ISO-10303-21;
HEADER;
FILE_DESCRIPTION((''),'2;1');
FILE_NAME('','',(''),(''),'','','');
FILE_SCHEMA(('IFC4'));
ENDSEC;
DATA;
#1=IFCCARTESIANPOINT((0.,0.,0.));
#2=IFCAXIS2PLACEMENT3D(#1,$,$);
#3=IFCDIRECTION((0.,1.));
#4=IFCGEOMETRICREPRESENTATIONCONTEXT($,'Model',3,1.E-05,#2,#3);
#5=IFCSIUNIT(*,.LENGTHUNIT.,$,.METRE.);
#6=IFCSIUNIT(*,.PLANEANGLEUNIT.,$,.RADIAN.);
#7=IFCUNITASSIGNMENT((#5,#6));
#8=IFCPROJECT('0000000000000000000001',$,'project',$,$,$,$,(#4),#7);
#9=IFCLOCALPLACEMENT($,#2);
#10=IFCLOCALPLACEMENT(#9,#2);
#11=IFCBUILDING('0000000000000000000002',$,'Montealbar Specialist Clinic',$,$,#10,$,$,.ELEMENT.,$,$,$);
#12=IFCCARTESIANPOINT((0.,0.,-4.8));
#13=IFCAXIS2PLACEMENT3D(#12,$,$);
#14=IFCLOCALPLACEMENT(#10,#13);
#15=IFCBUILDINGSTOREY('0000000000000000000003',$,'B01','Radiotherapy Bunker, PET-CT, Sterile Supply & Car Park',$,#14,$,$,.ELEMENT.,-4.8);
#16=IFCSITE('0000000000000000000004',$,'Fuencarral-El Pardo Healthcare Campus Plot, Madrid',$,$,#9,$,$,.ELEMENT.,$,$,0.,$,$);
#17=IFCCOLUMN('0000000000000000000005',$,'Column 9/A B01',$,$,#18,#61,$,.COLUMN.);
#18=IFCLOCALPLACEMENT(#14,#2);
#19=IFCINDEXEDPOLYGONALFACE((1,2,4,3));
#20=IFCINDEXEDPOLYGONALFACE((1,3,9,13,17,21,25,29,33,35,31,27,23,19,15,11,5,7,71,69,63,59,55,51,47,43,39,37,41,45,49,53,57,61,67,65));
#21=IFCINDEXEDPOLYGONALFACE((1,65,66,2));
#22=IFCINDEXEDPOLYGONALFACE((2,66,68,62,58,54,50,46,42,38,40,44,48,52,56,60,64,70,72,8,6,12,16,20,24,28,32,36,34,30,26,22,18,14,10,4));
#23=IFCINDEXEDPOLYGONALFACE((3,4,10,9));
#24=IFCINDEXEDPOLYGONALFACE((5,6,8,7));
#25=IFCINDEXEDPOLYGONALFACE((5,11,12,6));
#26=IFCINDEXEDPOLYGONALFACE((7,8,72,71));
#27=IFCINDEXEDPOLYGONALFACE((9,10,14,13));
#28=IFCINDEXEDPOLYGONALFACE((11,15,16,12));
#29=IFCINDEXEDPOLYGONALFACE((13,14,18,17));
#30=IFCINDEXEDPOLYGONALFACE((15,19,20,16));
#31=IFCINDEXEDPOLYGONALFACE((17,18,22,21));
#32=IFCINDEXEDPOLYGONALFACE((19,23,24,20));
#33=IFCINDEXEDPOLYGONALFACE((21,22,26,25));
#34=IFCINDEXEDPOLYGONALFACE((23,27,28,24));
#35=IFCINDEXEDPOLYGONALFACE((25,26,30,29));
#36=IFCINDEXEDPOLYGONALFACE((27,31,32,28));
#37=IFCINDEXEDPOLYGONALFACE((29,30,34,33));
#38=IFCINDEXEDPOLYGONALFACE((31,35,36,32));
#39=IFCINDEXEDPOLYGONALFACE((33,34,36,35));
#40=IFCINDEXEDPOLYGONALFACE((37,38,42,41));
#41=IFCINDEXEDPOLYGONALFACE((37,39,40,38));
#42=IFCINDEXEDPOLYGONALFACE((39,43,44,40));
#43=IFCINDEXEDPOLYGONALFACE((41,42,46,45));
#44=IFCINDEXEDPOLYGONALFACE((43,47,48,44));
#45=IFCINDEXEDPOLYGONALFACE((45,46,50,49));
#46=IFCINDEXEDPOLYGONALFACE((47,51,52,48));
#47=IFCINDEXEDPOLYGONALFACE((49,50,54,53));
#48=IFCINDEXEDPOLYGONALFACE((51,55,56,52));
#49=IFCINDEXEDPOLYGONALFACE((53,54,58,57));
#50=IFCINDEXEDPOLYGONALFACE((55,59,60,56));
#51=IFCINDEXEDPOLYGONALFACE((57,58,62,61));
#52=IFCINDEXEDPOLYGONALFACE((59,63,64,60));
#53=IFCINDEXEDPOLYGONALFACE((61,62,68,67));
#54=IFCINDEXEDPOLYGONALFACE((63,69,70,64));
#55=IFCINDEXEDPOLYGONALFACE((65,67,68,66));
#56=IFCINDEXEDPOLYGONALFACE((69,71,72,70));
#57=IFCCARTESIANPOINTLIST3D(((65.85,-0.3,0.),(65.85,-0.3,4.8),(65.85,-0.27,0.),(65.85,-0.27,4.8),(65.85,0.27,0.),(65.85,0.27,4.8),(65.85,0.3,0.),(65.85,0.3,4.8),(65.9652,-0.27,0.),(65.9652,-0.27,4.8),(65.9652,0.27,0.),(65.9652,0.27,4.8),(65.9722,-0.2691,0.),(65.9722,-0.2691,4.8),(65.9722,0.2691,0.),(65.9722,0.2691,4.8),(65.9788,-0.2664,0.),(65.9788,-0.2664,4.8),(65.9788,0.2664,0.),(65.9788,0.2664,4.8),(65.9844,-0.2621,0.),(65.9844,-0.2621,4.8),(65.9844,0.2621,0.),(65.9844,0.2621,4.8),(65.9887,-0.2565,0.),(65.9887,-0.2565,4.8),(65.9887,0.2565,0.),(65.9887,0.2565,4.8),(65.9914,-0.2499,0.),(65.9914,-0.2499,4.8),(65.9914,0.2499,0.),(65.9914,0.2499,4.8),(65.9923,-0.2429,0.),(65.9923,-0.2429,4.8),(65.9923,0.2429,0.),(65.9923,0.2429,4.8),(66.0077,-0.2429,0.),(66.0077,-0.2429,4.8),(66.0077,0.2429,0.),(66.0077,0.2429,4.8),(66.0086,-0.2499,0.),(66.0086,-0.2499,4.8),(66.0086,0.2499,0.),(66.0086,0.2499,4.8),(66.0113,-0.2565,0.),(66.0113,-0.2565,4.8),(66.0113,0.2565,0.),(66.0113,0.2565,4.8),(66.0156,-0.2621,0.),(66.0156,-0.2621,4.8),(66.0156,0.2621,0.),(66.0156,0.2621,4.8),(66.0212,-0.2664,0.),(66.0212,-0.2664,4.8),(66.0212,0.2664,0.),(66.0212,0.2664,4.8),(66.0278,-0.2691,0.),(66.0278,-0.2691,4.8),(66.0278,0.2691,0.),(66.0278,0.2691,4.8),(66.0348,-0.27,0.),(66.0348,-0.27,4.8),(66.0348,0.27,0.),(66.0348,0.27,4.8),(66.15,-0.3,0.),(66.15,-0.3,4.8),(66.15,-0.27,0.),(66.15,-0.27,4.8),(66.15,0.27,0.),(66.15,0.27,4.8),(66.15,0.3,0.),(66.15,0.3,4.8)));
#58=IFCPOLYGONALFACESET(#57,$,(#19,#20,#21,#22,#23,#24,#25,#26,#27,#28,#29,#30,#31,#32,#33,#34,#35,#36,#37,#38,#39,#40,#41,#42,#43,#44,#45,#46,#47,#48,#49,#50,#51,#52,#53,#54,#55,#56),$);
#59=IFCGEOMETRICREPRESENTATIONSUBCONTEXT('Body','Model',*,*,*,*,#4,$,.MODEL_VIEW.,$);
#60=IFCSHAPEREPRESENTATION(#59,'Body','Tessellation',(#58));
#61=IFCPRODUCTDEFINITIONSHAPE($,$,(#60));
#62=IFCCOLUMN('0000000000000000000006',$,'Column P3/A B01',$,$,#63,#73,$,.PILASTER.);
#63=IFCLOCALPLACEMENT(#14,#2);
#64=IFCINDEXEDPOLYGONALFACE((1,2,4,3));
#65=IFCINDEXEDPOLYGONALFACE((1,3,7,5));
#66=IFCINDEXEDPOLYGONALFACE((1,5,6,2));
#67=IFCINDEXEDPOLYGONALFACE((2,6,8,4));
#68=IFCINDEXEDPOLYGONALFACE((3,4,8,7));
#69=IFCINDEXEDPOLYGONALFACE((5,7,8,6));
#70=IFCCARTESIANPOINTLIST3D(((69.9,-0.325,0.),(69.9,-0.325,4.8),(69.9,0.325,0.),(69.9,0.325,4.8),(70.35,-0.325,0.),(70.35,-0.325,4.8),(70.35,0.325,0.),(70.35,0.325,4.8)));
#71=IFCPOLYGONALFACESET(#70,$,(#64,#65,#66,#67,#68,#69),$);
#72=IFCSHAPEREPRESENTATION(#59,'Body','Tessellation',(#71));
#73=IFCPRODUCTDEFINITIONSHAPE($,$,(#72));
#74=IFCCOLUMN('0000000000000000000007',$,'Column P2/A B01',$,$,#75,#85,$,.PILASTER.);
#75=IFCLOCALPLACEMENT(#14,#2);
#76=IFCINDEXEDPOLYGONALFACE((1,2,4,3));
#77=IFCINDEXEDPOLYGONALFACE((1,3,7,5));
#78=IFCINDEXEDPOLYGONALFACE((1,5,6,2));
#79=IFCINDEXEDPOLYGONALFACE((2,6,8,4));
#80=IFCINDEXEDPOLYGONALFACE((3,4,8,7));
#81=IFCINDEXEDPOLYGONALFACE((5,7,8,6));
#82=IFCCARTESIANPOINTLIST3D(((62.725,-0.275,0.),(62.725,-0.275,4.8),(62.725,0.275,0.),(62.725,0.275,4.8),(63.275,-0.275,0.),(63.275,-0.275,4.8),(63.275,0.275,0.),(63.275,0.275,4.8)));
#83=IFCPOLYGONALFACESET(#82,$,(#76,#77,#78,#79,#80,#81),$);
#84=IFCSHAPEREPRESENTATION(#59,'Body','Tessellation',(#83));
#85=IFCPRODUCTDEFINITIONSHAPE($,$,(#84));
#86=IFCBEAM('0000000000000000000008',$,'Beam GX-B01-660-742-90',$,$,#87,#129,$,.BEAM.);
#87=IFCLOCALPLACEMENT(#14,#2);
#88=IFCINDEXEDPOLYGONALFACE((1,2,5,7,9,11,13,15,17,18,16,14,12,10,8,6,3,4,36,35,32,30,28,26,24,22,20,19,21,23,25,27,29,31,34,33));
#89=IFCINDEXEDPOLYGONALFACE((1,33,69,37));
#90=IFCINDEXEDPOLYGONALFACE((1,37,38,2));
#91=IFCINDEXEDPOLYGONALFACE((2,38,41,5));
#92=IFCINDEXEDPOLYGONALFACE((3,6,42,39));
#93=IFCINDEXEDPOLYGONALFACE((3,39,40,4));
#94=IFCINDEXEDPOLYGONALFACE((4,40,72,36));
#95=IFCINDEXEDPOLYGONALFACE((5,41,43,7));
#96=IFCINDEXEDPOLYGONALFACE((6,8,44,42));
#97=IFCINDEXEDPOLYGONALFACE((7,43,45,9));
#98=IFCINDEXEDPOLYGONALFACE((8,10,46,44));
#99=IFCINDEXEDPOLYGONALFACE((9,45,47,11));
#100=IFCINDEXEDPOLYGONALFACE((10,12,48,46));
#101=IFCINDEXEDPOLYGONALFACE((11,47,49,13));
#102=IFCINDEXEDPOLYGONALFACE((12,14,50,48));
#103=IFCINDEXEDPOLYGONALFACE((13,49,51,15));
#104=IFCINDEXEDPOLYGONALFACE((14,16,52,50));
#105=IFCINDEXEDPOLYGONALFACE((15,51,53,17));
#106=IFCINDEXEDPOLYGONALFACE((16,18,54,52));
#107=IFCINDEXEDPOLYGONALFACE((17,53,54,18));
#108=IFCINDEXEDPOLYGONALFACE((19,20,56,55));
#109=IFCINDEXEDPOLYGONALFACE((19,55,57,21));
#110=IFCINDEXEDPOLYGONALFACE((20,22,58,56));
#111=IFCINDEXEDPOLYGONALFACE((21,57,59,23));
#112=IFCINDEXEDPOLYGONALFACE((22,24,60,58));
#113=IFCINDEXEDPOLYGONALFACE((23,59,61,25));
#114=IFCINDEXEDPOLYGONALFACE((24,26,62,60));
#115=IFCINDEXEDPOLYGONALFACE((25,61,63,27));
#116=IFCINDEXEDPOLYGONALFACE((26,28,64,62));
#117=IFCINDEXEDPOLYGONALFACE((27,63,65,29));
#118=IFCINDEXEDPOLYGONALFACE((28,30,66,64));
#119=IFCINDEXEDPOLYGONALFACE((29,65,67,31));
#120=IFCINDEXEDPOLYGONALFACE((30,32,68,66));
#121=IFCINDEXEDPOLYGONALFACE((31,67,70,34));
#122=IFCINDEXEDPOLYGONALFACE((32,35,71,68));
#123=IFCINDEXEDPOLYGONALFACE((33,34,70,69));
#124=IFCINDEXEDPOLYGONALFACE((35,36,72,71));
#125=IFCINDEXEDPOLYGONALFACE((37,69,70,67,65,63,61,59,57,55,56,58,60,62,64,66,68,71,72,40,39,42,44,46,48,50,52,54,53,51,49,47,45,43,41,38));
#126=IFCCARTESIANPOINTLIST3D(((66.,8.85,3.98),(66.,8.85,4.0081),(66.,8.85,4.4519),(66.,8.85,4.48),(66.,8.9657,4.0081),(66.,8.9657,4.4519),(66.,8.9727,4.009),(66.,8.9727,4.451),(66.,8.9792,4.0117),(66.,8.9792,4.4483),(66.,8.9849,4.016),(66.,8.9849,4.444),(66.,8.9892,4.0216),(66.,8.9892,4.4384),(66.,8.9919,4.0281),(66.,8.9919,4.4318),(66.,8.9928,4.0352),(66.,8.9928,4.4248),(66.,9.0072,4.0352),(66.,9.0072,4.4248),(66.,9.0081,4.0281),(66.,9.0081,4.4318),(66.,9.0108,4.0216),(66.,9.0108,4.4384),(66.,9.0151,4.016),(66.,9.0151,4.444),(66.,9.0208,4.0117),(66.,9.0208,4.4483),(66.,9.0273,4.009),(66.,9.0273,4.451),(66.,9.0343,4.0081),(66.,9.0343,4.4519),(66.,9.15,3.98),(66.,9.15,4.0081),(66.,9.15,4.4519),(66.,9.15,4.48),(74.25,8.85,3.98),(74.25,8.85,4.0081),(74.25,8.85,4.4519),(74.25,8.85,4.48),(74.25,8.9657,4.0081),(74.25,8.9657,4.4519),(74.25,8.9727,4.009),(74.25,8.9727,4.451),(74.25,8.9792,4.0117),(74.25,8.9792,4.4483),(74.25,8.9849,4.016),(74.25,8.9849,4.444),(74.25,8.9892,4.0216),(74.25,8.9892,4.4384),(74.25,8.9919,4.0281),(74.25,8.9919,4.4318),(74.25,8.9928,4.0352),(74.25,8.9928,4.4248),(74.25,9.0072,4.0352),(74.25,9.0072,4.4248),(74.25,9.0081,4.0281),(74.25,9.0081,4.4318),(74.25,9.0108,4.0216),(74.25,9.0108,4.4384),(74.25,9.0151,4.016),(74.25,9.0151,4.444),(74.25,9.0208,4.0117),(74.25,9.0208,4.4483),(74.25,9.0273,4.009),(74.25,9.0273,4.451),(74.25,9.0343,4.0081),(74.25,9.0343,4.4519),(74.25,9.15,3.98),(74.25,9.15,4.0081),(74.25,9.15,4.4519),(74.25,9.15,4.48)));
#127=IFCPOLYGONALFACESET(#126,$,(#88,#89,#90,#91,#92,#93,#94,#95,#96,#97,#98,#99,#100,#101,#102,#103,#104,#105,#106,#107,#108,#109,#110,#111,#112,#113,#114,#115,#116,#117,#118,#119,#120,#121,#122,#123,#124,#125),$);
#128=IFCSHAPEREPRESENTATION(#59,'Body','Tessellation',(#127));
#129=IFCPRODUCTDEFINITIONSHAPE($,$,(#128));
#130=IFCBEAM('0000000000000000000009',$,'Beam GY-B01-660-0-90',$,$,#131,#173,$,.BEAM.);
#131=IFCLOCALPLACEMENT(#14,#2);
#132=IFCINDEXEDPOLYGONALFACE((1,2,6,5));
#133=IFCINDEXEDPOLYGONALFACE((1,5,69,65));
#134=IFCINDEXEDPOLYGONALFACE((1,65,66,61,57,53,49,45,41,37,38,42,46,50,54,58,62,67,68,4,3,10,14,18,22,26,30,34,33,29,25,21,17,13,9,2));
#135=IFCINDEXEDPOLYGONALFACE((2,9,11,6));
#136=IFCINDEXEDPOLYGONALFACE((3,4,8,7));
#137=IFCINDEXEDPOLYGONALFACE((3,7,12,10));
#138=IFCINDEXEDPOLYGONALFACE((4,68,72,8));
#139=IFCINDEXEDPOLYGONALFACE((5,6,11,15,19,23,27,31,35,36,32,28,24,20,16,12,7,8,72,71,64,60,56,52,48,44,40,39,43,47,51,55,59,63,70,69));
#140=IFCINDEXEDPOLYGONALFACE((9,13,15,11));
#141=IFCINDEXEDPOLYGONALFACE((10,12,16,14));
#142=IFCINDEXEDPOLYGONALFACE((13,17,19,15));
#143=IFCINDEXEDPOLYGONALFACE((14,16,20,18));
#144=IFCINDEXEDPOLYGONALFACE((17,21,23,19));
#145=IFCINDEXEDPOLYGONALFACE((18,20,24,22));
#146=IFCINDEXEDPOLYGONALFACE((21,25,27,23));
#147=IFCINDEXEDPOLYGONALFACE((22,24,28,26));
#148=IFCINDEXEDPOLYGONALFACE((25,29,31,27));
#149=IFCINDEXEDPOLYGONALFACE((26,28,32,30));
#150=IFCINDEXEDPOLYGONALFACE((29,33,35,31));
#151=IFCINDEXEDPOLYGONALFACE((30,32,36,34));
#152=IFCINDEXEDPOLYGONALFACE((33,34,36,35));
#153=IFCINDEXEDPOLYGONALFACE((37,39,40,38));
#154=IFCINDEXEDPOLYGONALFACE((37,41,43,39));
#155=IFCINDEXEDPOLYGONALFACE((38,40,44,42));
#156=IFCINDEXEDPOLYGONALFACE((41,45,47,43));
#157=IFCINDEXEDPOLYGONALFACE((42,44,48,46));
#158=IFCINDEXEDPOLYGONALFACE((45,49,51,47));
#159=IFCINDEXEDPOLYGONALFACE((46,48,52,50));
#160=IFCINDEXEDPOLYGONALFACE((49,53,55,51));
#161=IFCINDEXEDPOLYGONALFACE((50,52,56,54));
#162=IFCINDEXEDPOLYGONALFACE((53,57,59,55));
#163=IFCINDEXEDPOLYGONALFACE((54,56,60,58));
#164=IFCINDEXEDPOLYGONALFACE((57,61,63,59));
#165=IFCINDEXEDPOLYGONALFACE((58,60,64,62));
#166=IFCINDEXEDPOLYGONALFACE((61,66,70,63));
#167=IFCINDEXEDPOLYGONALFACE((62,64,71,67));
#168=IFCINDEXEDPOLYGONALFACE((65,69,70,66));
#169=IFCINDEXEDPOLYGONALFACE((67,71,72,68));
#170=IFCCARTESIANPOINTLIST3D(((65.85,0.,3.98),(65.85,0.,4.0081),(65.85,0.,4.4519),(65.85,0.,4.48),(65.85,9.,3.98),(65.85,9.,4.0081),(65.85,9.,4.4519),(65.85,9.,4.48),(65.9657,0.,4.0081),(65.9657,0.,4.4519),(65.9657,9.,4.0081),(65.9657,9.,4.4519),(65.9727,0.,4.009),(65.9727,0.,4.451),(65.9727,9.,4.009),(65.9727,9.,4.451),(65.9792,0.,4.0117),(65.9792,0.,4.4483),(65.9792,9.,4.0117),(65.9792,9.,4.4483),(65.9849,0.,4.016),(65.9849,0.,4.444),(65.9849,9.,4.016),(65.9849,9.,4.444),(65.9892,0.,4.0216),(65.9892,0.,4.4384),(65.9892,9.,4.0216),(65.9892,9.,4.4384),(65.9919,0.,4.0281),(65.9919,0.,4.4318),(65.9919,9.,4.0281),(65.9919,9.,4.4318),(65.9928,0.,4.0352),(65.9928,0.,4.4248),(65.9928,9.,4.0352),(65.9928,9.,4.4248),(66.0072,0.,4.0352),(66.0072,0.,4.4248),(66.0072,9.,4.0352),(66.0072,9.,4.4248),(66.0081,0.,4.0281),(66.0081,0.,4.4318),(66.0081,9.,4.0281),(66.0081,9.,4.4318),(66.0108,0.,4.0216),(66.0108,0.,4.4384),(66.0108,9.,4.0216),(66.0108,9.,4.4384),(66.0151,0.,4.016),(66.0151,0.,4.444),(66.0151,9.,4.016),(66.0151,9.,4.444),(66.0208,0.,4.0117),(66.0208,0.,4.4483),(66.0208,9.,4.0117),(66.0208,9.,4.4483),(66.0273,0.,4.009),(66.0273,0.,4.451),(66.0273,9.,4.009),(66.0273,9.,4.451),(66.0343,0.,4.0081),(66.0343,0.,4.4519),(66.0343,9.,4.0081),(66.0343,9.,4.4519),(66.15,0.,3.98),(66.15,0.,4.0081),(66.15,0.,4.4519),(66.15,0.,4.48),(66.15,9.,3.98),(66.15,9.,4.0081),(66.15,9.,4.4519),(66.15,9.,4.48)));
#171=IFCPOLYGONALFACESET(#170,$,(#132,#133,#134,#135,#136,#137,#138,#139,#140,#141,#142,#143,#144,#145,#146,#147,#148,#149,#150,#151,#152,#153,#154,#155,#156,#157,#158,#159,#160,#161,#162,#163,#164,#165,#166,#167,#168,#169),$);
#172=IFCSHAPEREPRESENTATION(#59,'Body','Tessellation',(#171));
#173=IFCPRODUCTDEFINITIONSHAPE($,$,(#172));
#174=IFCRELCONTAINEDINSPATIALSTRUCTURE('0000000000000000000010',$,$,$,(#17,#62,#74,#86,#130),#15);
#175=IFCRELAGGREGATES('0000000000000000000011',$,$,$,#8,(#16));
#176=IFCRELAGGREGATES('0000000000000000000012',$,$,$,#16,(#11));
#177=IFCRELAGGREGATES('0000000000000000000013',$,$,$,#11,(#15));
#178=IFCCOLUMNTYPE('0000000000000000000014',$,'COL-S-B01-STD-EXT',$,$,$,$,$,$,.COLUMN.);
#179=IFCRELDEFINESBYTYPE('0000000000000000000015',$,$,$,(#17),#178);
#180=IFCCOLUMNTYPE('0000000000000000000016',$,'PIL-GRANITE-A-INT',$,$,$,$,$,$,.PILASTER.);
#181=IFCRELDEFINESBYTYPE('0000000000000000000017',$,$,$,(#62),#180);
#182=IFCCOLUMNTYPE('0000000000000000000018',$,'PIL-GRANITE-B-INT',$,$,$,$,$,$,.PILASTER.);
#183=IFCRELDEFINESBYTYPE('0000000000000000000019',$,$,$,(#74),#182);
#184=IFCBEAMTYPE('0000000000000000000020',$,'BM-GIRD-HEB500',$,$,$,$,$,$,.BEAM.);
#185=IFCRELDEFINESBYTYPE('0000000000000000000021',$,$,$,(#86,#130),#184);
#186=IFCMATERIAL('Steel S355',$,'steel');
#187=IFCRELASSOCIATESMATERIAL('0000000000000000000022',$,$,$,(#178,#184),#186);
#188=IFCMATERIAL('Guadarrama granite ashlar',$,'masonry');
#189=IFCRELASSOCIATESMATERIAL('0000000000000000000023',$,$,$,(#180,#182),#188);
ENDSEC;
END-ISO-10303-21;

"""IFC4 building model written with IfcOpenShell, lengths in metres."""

from ifc_helpers import new_model, si_unit, direction, frame, origin, origin_2d, place, context, subcontext, project, spatial, rectangle, i_section, extrude, material, material_profile, profile_set, type_object, element, save


model = new_model("IFC4")

# Units and contexts
model_context = context("Model", 3, precision=1e-05, world=origin(), true_north=direction((0.0, 1.0)))
body_context = subcontext(model_context, "Body", "Model", "MODEL_VIEW")
ifc_project = project(units=[si_unit("LENGTHUNIT", "METRE"), si_unit("PLANEANGLEUNIT", "RADIAN")], contexts=[model_context])

# Site, building, storey
site_placement = place(None, origin())
site = spatial("IfcSite", under=ifc_project, at=site_placement, Name="Fuencarral-El Pardo Healthcare Campus Plot, Madrid", CompositionType="ELEMENT", RefElevation=0.0)
building_placement = place(site_placement, origin())
building = spatial("IfcBuilding", under=site, at=building_placement, Name="Montealbar Specialist Clinic", CompositionType="ELEMENT")
storey_placement = place(building_placement, frame((0.0, 0.0, -4.8)))
storey = spatial("IfcBuildingStorey", under=building, at=storey_placement, Name="B01", Description="Radiotherapy Bunker, PET-CT, Sterile Supply & Car Park", CompositionType="ELEMENT", Elevation=-4.8)

# Columns
ifc_material_1 = material(Name="Steel S355", Category="steel")
ifc_material_profile_1 = material_profile(ifc_material_1, i_section(OverallWidth=0.3, OverallDepth=0.6001, WebThickness=0.0154, FlangeThickness=0.03, FilletRadius=0.0271, at=origin_2d()), Name="HEB 600", Category="steel")
ifc_profile_set_1 = profile_set([ifc_material_profile_1], Name="Steel S355")
column_type_1 = type_object("IfcColumnType", Name="COL-S-B01-STD-EXT", PredefinedType="COLUMN", material=ifc_profile_set_1)
column_1_placement = place(storey_placement, frame((66.0, 0.0, 0.0), z_axis=(0.0, 0.0, 1.0), x_axis=(1.0, 0.0, 0.0)))
element("IfcColumn", 1, at=column_1_placement, inside=storey, type_object=column_type_1, Name="Column 9/A B01", PredefinedType="COLUMN", context=body_context, shape_type="SweptSolid", body=[
    extrude(i_section(OverallWidth=0.3, OverallDepth=0.6001, WebThickness=0.0154, FlangeThickness=0.03, FilletRadius=0.0271, at=origin_2d()), origin(), (0.0, 0.0, 1.0), 4.8),
])
ifc_material_2 = material(Name="Guadarrama granite ashlar", Category="masonry")
ifc_material_profile_2 = material_profile(ifc_material_2, rectangle(XDim=0.45, YDim=0.6499, at=origin_2d()), Name="GRANITE PILASTER 450x650", Category="masonry")
ifc_profile_set_2 = profile_set([ifc_material_profile_2], Name="Guadarrama granite ashlar")
column_type_2 = type_object("IfcColumnType", Name="PIL-GRANITE-A-INT", PredefinedType="PILASTER", material=ifc_profile_set_2)
column_2_placement = place(storey_placement, frame((70.125, 0.0, 0.0), z_axis=(0.0, 0.0, 1.0), x_axis=(1.0, 0.0, 0.0)))
element("IfcColumn", 2, at=column_2_placement, inside=storey, type_object=column_type_2, Name="Column P3/A B01", PredefinedType="PILASTER", context=body_context, shape_type="SweptSolid", body=[
    extrude(rectangle(XDim=0.45, YDim=0.6499, at=origin_2d()), origin(), (0.0, 0.0, 1.0), 4.8),
])
ifc_material_profile_3 = material_profile(ifc_material_2, rectangle(XDim=0.55, YDim=0.55, at=origin_2d()), Name="GRANITE PILASTER 550x550", Category="masonry")
ifc_profile_set_3 = profile_set([ifc_material_profile_3], Name="Guadarrama granite ashlar")
column_type_3 = type_object("IfcColumnType", Name="PIL-GRANITE-B-INT", PredefinedType="PILASTER", material=ifc_profile_set_3)
column_3_placement = place(storey_placement, frame((63.0, 0.0, 0.0), z_axis=(0.0, 0.0, 1.0), x_axis=(1.0, 0.0, 0.0)))
element("IfcColumn", 3, at=column_3_placement, inside=storey, type_object=column_type_3, Name="Column P2/A B01", PredefinedType="PILASTER", context=body_context, shape_type="SweptSolid", body=[
    extrude(rectangle(XDim=0.55, YDim=0.55, at=origin_2d()), origin(), (0.0, 0.0, 1.0), 4.8),
])

# Beams
ifc_material_profile_4 = material_profile(ifc_material_1, i_section(OverallWidth=0.3, OverallDepth=0.5, WebThickness=0.0144, FlangeThickness=0.0281, FilletRadius=0.0271, at=origin_2d()), Name="HEB 500", Category="steel")
ifc_profile_set_4 = profile_set([ifc_material_profile_4], Name="Steel S355")
beam_type_1 = type_object("IfcBeamType", Name="BM-GIRD-HEB500", PredefinedType="BEAM", material=ifc_profile_set_4)
beam_1_placement = place(storey_placement, frame((66.0, 9.0, 4.23), z_axis=(1.0, 0.0, 0.0), x_axis=(0.0, 1.0, 0.0)))
element("IfcBeam", 4, at=beam_1_placement, inside=storey, type_object=beam_type_1, Name="Beam GX-B01-660-742-90", PredefinedType="BEAM", context=body_context, shape_type="SweptSolid", body=[
    extrude(i_section(OverallWidth=0.3, OverallDepth=0.5, WebThickness=0.0144, FlangeThickness=0.0281, FilletRadius=0.0271, at=origin_2d()), origin(), (0.0, 0.0, 1.0), 8.25),
])
for number, where, z_axis, x_axis, name in (
    (5, (66.0, 0.0, 4.23), (0.0, 1.0, 0.0), (-1.0, 0.0, 0.0), "Beam GY-B01-660-0-90"),
):
    element("IfcBeam", number, at=place(storey_placement, frame(where, z_axis=z_axis, x_axis=x_axis)), inside=storey, type_object=beam_type_1, Name=name, PredefinedType="BEAM", context=body_context, shape_type="SweptSolid", body=[
        extrude(i_section(OverallWidth=0.3, OverallDepth=0.5, WebThickness=0.0144, FlangeThickness=0.0281, FilletRadius=0.0271, at=origin_2d()), origin(), (0.0, 0.0, 1.0), 9.0),
    ])

save(model, "model.ifc")
